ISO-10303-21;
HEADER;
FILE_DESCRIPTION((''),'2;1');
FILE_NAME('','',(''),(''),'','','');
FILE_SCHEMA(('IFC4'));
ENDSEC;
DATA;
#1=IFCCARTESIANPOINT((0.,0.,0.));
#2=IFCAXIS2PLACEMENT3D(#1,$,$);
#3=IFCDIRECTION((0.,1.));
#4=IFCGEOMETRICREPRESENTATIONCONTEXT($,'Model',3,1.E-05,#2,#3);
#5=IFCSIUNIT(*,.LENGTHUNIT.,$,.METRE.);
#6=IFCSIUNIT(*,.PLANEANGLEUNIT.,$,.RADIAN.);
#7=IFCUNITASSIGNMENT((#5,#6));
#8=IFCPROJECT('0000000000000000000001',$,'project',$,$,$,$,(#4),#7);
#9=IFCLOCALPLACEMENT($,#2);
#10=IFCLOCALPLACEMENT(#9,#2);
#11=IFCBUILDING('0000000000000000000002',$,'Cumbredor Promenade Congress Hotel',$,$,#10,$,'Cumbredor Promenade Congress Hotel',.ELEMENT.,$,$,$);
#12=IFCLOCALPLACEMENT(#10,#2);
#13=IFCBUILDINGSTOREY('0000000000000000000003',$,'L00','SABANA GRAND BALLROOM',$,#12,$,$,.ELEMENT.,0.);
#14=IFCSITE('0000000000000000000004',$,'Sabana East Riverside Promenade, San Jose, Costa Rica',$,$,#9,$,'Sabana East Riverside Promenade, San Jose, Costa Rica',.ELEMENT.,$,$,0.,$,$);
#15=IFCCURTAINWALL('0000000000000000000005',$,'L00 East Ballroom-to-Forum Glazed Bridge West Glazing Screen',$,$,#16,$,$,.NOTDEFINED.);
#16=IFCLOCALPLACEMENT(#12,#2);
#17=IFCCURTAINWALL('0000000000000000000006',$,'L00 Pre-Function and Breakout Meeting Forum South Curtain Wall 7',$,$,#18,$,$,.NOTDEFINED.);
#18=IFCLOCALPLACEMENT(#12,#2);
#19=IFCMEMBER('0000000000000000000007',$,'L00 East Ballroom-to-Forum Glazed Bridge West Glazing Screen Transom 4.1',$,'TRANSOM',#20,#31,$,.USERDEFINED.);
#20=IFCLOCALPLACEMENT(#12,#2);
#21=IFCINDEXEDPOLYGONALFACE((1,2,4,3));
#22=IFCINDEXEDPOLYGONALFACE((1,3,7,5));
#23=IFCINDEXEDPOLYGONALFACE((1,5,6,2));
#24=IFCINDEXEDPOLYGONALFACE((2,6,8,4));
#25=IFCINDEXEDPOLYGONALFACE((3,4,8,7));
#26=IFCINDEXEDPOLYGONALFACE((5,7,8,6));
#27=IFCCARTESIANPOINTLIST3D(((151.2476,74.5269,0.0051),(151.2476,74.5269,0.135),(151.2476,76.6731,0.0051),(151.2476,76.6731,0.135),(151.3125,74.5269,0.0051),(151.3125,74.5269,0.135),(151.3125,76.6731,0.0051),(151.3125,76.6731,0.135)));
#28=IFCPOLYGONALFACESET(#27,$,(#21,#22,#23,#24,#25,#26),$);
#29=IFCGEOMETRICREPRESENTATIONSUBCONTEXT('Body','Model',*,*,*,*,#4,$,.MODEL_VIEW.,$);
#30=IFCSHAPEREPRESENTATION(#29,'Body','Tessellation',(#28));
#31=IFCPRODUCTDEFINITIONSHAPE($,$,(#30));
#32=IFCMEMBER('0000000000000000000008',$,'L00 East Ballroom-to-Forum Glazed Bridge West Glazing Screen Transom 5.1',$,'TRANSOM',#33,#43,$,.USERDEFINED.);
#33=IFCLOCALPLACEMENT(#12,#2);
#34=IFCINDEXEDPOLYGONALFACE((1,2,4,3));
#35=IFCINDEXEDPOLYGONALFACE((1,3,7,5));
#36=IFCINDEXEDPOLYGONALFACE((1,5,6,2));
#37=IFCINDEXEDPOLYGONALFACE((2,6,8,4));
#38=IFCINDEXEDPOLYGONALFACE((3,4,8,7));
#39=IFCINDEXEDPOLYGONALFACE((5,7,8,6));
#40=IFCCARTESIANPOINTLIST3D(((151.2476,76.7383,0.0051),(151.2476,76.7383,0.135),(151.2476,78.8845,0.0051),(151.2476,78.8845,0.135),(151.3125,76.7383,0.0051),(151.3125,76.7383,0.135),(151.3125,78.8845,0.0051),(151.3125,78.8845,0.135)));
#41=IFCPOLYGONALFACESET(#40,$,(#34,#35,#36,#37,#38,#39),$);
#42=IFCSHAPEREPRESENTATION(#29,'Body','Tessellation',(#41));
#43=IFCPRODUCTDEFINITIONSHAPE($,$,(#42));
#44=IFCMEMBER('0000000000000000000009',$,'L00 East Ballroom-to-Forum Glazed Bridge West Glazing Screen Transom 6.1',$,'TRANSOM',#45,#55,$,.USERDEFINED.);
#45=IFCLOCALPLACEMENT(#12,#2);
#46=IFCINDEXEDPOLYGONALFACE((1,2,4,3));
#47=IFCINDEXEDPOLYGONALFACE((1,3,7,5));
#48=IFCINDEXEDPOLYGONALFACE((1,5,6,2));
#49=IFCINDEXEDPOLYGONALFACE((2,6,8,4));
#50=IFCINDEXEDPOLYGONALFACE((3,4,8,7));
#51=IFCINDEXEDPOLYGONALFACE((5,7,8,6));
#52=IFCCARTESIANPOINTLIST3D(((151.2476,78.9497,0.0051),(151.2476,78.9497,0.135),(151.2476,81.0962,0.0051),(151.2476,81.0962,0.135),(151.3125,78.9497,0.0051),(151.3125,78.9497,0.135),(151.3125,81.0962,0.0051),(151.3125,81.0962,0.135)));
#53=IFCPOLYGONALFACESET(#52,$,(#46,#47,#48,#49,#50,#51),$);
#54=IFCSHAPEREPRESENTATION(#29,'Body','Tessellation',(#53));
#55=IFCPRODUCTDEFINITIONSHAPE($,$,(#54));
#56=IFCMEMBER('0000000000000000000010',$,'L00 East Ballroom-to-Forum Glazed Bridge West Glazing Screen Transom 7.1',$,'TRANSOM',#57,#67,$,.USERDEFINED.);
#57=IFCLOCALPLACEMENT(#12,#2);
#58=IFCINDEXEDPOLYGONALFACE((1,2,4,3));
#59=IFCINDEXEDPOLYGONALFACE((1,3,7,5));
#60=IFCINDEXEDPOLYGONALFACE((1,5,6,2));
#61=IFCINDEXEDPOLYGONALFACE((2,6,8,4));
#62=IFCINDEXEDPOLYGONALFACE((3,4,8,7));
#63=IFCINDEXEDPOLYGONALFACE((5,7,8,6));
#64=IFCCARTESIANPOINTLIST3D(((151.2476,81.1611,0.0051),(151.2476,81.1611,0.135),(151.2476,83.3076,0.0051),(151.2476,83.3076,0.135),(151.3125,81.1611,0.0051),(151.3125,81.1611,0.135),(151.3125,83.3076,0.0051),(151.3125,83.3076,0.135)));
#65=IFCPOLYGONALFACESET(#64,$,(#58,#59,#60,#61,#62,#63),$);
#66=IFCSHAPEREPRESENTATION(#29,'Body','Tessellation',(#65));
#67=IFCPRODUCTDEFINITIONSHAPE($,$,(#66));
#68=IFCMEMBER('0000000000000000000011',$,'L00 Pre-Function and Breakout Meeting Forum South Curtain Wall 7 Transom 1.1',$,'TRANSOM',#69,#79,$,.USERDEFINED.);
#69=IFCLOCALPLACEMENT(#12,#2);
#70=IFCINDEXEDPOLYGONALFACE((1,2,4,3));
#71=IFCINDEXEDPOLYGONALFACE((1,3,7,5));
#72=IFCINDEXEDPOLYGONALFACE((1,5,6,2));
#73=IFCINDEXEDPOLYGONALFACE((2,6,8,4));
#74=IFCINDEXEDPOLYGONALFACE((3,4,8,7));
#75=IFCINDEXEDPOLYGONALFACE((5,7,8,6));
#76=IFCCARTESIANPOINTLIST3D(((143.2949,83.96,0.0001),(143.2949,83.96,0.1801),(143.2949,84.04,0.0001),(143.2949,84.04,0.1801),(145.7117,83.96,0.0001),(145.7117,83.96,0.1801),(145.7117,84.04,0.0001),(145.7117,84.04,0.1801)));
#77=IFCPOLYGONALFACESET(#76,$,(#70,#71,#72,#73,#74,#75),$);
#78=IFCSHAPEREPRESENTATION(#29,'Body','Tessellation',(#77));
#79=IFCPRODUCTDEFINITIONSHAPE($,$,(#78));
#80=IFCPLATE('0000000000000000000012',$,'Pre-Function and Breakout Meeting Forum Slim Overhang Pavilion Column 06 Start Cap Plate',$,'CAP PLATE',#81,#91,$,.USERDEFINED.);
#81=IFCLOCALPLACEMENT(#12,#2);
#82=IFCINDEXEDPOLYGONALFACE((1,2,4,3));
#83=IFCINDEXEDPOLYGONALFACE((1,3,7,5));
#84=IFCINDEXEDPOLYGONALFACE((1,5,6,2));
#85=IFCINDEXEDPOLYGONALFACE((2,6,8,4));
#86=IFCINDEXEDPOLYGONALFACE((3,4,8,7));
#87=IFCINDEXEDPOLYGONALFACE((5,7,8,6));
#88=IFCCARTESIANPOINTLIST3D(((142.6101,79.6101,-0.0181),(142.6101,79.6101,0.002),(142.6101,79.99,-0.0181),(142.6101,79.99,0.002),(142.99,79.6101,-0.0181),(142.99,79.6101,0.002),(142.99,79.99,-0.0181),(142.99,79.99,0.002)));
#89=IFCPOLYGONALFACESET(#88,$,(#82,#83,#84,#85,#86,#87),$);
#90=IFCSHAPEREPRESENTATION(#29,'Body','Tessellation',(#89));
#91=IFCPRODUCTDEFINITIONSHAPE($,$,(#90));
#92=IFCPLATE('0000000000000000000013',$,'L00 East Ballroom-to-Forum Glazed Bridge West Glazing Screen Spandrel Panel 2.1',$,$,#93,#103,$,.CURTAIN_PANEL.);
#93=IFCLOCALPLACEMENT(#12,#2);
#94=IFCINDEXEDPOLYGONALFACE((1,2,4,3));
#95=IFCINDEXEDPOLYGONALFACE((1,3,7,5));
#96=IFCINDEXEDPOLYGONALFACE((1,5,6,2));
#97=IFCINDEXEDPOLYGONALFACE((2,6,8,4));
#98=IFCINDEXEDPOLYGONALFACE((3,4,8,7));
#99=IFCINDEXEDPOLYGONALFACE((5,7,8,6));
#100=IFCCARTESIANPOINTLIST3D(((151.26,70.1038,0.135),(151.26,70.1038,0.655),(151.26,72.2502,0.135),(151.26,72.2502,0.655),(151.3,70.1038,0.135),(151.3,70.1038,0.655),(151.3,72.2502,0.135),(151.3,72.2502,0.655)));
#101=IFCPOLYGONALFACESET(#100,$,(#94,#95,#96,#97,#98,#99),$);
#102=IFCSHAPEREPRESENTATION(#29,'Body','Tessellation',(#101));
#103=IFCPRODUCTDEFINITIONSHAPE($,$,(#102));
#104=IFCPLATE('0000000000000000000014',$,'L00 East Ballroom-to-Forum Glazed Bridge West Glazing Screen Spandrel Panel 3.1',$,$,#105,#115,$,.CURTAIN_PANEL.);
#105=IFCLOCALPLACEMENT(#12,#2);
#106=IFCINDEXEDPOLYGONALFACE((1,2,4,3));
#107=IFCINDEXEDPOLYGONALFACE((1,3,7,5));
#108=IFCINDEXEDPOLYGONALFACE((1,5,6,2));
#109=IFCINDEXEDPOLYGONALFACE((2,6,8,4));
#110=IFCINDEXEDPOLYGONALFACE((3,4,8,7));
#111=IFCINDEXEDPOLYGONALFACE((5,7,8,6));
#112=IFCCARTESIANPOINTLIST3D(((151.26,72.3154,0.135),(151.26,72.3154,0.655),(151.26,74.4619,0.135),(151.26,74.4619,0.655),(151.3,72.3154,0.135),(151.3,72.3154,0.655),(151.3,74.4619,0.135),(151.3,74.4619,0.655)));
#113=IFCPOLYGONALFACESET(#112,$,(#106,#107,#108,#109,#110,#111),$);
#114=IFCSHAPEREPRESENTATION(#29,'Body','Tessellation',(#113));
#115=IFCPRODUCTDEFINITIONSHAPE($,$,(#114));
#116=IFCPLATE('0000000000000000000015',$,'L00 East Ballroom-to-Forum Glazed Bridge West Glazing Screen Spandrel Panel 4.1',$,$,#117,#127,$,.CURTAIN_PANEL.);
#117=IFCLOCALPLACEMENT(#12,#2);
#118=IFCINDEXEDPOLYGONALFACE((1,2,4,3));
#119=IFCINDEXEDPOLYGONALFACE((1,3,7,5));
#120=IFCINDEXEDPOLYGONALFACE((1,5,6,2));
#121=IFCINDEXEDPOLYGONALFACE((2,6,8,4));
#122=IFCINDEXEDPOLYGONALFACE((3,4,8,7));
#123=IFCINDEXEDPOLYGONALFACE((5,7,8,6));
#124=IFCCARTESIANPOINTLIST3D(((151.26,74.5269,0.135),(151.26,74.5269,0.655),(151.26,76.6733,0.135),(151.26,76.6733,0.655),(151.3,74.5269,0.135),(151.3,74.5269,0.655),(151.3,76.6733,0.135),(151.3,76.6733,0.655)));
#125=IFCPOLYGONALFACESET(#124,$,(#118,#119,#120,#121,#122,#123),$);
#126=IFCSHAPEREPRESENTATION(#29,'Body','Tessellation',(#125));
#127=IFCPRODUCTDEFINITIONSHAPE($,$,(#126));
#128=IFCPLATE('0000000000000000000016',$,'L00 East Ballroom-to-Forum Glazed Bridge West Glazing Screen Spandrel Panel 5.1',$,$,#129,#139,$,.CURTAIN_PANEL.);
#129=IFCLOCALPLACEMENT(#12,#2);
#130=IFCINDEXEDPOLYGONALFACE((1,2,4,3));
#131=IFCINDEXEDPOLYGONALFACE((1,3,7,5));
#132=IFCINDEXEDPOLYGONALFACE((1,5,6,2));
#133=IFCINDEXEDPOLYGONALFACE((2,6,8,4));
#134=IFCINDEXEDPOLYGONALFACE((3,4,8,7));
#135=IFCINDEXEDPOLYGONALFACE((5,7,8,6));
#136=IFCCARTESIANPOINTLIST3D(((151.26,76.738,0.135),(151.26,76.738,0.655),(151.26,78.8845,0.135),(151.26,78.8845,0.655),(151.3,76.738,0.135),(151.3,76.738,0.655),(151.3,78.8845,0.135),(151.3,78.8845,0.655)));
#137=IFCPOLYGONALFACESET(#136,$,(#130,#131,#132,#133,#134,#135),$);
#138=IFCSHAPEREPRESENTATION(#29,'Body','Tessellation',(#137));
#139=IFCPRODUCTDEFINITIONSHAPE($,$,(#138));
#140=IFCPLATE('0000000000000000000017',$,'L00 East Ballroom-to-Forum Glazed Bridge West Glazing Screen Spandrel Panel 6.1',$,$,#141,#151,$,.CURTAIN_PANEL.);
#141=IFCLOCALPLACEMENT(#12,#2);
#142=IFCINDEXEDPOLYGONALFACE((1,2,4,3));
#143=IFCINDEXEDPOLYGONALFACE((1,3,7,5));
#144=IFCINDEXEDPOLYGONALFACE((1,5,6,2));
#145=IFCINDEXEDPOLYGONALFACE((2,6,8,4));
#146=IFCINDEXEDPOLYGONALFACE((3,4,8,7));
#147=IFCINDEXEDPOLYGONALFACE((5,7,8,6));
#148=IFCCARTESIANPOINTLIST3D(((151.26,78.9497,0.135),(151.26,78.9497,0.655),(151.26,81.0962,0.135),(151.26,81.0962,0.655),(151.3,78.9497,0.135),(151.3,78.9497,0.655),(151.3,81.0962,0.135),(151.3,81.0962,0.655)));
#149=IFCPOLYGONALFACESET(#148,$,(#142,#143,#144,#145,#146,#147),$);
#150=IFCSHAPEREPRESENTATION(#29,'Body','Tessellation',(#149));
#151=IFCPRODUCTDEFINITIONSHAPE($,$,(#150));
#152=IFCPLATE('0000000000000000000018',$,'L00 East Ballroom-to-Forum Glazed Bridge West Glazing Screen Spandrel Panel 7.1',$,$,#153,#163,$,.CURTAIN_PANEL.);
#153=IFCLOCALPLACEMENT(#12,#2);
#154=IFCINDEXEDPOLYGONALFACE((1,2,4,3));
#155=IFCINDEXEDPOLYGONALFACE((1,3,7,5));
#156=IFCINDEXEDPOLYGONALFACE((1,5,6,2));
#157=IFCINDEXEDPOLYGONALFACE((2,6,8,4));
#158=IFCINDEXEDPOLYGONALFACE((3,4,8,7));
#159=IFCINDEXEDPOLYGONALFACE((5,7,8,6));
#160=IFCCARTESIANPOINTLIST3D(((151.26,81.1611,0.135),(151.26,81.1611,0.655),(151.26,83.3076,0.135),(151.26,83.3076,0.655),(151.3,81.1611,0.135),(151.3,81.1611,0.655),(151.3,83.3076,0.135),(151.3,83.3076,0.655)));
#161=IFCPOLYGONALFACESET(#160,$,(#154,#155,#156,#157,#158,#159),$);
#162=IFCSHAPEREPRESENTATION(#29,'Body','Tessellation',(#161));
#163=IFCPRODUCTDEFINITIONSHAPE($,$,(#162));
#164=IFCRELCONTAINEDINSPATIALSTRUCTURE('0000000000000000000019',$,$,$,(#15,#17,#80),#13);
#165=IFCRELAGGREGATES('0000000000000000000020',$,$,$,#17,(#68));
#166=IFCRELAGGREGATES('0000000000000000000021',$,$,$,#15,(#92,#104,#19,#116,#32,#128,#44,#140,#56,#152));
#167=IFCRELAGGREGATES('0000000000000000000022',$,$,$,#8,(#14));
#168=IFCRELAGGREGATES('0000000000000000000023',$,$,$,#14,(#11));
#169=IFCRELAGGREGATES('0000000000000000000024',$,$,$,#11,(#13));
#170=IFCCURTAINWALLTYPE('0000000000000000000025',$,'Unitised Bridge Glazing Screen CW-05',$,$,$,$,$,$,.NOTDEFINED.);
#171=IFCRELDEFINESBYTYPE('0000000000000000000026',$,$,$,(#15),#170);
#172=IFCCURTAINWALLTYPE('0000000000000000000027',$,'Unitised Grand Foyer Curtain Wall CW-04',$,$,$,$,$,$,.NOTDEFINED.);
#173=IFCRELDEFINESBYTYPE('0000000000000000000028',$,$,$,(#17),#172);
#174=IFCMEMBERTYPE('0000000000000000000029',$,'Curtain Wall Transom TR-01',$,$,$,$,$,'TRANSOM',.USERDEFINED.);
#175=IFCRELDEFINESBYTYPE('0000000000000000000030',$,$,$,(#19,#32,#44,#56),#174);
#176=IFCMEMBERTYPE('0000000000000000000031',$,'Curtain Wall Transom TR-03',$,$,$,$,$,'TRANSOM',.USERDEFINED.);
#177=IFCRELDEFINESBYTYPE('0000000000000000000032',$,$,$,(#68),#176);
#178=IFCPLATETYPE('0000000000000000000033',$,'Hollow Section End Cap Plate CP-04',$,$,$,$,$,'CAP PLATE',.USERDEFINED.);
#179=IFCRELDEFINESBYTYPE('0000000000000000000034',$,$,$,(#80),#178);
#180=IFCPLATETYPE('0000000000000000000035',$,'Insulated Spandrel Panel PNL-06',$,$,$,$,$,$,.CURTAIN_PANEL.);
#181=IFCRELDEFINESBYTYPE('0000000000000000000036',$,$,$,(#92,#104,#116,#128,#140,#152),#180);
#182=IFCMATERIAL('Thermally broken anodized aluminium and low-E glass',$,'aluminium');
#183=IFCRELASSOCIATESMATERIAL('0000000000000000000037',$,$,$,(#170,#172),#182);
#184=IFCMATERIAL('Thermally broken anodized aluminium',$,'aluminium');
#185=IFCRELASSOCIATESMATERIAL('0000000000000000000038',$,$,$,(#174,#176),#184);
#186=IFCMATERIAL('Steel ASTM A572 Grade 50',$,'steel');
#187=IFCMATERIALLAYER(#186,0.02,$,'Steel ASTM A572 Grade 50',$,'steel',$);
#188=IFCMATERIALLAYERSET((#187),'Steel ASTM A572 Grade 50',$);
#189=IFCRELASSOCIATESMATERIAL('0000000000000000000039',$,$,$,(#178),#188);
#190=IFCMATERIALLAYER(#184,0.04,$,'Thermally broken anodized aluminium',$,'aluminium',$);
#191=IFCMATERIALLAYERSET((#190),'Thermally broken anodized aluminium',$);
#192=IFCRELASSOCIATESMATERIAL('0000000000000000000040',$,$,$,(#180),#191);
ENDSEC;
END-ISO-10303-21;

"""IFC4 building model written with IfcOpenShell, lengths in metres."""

from ifc_helpers import new_model, si_unit, direction, frame, origin, origin_2d, place, context, subcontext, project, spatial, rectangle, extrude, material, layer, layer_set, material_profile, profile_set, type_object, element, aggregate, save


model = new_model("IFC4")

# Units and contexts
model_context = context("Model", 3, precision=1e-05, world=origin(), true_north=direction((0.0, 1.0)))
body_context = subcontext(model_context, "Body", "Model", "MODEL_VIEW")
ifc_project = project(units=[si_unit("LENGTHUNIT", "METRE"), si_unit("PLANEANGLEUNIT", "RADIAN")], contexts=[model_context])

# Site, building, storey
site_placement = place(None, origin())
site = spatial("IfcSite", under=ifc_project, at=site_placement, Name="Sabana East Riverside Promenade, San Jose, Costa Rica", LongName="Sabana East Riverside Promenade, San Jose, Costa Rica", CompositionType="ELEMENT", RefElevation=0.0)
building_placement = place(site_placement, origin())
building = spatial("IfcBuilding", under=site, at=building_placement, Name="Cumbredor Promenade Congress Hotel", LongName="Cumbredor Promenade Congress Hotel", CompositionType="ELEMENT")
storey_placement = place(building_placement, origin())
storey = spatial("IfcBuildingStorey", under=building, at=storey_placement, Name="L00", Description="SABANA GRAND BALLROOM", CompositionType="ELEMENT", Elevation=0.0)

# Curtain wall
ifc_material_1 = material(Name="Thermally broken anodized aluminium and low-E glass", Category="aluminium")
curtain_wall_type_1 = type_object("IfcCurtainWallType", Name="Unitised Bridge Glazing Screen CW-05", PredefinedType="NOTDEFINED", material=ifc_material_1)
curtain_wall_1_placement = place(storey_placement, origin())
curtain_wall_1 = element("IfcCurtainWall", 1, at=curtain_wall_1_placement, inside=storey, type_object=curtain_wall_type_1, Name="L00 East Ballroom-to-Forum Glazed Bridge West Glazing Screen", PredefinedType="NOTDEFINED")
ifc_material_2 = material(Name="Thermally broken anodized aluminium", Category="aluminium")

# Shared definitions
curtain_wall_type_2 = type_object("IfcCurtainWallType", Name="Unitised Grand Foyer Curtain Wall CW-04", PredefinedType="NOTDEFINED", material=ifc_material_1)

# Curtain wall
curtain_wall_2_placement = place(storey_placement, origin())
curtain_wall_2 = element("IfcCurtainWall", 2, at=curtain_wall_2_placement, inside=storey, type_object=curtain_wall_type_2, Name="L00 Pre-Function and Breakout Meeting Forum South Curtain Wall 7", PredefinedType="NOTDEFINED")

# Members
ifc_material_profile_1 = material_profile(ifc_material_2, rectangle(XDim=0.0649, YDim=0.1299, at=origin_2d()), Name="ALU TRANSOM 65x130")
ifc_profile_set_1 = profile_set([ifc_material_profile_1], Name="Thermally broken anodized aluminium")
member_type_1 = type_object("IfcMemberType", Name="Curtain Wall Transom TR-01", ElementType="TRANSOM", PredefinedType="USERDEFINED", material=ifc_profile_set_1)
member_1_placement = place(storey_placement, frame((151.28, 74.5269, 0.0701), z_axis=(0.0, 1.0, 0.0), x_axis=(-1.0, 0.0, 0.0)))
member_1 = element("IfcMember", 3, at=member_1_placement, type_object=member_type_1, Name="L00 East Ballroom-to-Forum Glazed Bridge West Glazing Screen Transom 4.1", ObjectType="TRANSOM", PredefinedType="USERDEFINED", context=body_context, shape_type="SweptSolid", body=[
    extrude(rectangle(XDim=0.0649, YDim=0.1299, at=origin_2d()), origin(), (0.0, 0.0, 1.0), 2.1462),
])
member_2_placement = place(storey_placement, frame((151.28, 76.7383, 0.0701), z_axis=(0.0, 1.0, 0.0), x_axis=(-1.0, 0.0, 0.0)))
member_2 = element("IfcMember", 4, at=member_2_placement, type_object=member_type_1, Name="L00 East Ballroom-to-Forum Glazed Bridge West Glazing Screen Transom 5.1", ObjectType="TRANSOM", PredefinedType="USERDEFINED", context=body_context, shape_type="SweptSolid", body=[
    extrude(rectangle(XDim=0.0649, YDim=0.1299, at=origin_2d()), origin(), (0.0, 0.0, 1.0), 2.1462),
])
member_3_placement = place(storey_placement, frame((151.28, 78.9497, 0.0701), z_axis=(0.0, 1.0, 0.0), x_axis=(-1.0, 0.0, 0.0)))
member_3 = element("IfcMember", 5, at=member_3_placement, type_object=member_type_1, Name="L00 East Ballroom-to-Forum Glazed Bridge West Glazing Screen Transom 6.1", ObjectType="TRANSOM", PredefinedType="USERDEFINED", context=body_context, shape_type="SweptSolid", body=[
    extrude(rectangle(XDim=0.0649, YDim=0.1299, at=origin_2d()), origin(), (0.0, 0.0, 1.0), 2.1465),
])
member_4_placement = place(storey_placement, frame((151.28, 81.1611, 0.0701), z_axis=(0.0, 1.0, 0.0), x_axis=(-1.0, 0.0, 0.0)))
member_4 = element("IfcMember", 6, at=member_4_placement, type_object=member_type_1, Name="L00 East Ballroom-to-Forum Glazed Bridge West Glazing Screen Transom 7.1", ObjectType="TRANSOM", PredefinedType="USERDEFINED", context=body_context, shape_type="SweptSolid", body=[
    extrude(rectangle(XDim=0.0649, YDim=0.1299, at=origin_2d()), origin(), (0.0, 0.0, 1.0), 2.1465),
])
ifc_material_profile_2 = material_profile(ifc_material_2, rectangle(XDim=0.0801, YDim=0.1799, at=origin_2d()), Name="ALU TRANSOM 80x180")
ifc_profile_set_2 = profile_set([ifc_material_profile_2], Name="Thermally broken anodized aluminium")
member_type_2 = type_object("IfcMemberType", Name="Curtain Wall Transom TR-03", ElementType="TRANSOM", PredefinedType="USERDEFINED", material=ifc_profile_set_2)
member_5_placement = place(storey_placement, frame((143.2949, 84.0, 0.0901), z_axis=(1.0, 0.0, 0.0), x_axis=(0.0, 1.0, 0.0)))
member_5 = element("IfcMember", 7, at=member_5_placement, type_object=member_type_2, Name="L00 Pre-Function and Breakout Meeting Forum South Curtain Wall 7 Transom 1.1", ObjectType="TRANSOM", PredefinedType="USERDEFINED", context=body_context, shape_type="SweptSolid", body=[
    extrude(rectangle(XDim=0.0801, YDim=0.1799, at=origin_2d()), origin(), (0.0, 0.0, 1.0), 2.4167),
])
aggregate(curtain_wall_2, [member_5])

# Plates
ifc_material_3 = material(Name="Steel ASTM A572 Grade 50", Category="steel")
ifc_layer_1 = layer(ifc_material_3, 0.02, Name="Steel ASTM A572 Grade 50", Category="steel")
ifc_layer_set_1 = layer_set([ifc_layer_1], Name="Steel ASTM A572 Grade 50")
plate_type_1 = type_object("IfcPlateType", Name="Hollow Section End Cap Plate CP-04", ElementType="CAP PLATE", PredefinedType="USERDEFINED", material=ifc_layer_set_1)
plate_1_placement = place(storey_placement, frame((142.8, 79.8, -0.0181), z_axis=(0.0, 0.0, 1.0), x_axis=(1.0, 0.0, 0.0)))
element("IfcPlate", 8, at=plate_1_placement, inside=storey, type_object=plate_type_1, Name="Pre-Function and Breakout Meeting Forum Slim Overhang Pavilion Column 06 Start Cap Plate", ObjectType="CAP PLATE", PredefinedType="USERDEFINED", context=body_context, shape_type="SweptSolid", body=[
    extrude(rectangle(XDim=0.3799, YDim=0.3799, at=origin_2d()), origin(), (0.0, 0.0, 1.0), 0.02),
])
ifc_layer_2 = layer(ifc_material_2, 0.04, Name="Thermally broken anodized aluminium", Category="aluminium")
ifc_layer_set_2 = layer_set([ifc_layer_2], Name="Thermally broken anodized aluminium")
plate_type_2 = type_object("IfcPlateType", Name="Insulated Spandrel Panel PNL-06", PredefinedType="CURTAIN_PANEL", material=ifc_layer_set_2)
plate_2_placement = place(storey_placement, frame((151.28, 71.177, 0.135), z_axis=(0.0, 0.0, 1.0), x_axis=(0.0, 1.0, 0.0)))
plate_2 = element("IfcPlate", 9, at=plate_2_placement, type_object=plate_type_2, Name="L00 East Ballroom-to-Forum Glazed Bridge West Glazing Screen Spandrel Panel 2.1", PredefinedType="CURTAIN_PANEL", context=body_context, shape_type="SweptSolid", body=[
    extrude(rectangle(XDim=2.1465, YDim=0.04, at=origin_2d()), origin(), (0.0, 0.0, 1.0), 0.52),
])
plate_3_placement = place(storey_placement, frame((151.28, 73.3887, 0.135), z_axis=(0.0, 0.0, 1.0), x_axis=(0.0, 1.0, 0.0)))
plate_3 = element("IfcPlate", 10, at=plate_3_placement, type_object=plate_type_2, Name="L00 East Ballroom-to-Forum Glazed Bridge West Glazing Screen Spandrel Panel 3.1", PredefinedType="CURTAIN_PANEL", context=body_context, shape_type="SweptSolid", body=[
    extrude(rectangle(XDim=2.1465, YDim=0.04, at=origin_2d()), origin(), (0.0, 0.0, 1.0), 0.52),
])
plate_4_placement = place(storey_placement, frame((151.28, 75.6001, 0.135), z_axis=(0.0, 0.0, 1.0), x_axis=(0.0, 1.0, 0.0)))
plate_4 = element("IfcPlate", 11, at=plate_4_placement, type_object=plate_type_2, Name="L00 East Ballroom-to-Forum Glazed Bridge West Glazing Screen Spandrel Panel 4.1", PredefinedType="CURTAIN_PANEL", context=body_context, shape_type="SweptSolid", body=[
    extrude(rectangle(XDim=2.1465, YDim=0.04, at=origin_2d()), origin(), (0.0, 0.0, 1.0), 0.52),
])
plate_5_placement = place(storey_placement, frame((151.28, 77.8113, 0.135), z_axis=(0.0, 0.0, 1.0), x_axis=(0.0, 1.0, 0.0)))
plate_5 = element("IfcPlate", 12, at=plate_5_placement, type_object=plate_type_2, Name="L00 East Ballroom-to-Forum Glazed Bridge West Glazing Screen Spandrel Panel 5.1", PredefinedType="CURTAIN_PANEL", context=body_context, shape_type="SweptSolid", body=[
    extrude(rectangle(XDim=2.1465, YDim=0.04, at=origin_2d()), origin(), (0.0, 0.0, 1.0), 0.52),
])
plate_6_placement = place(storey_placement, frame((151.28, 80.0229, 0.135), z_axis=(0.0, 0.0, 1.0), x_axis=(0.0, 1.0, 0.0)))
plate_6 = element("IfcPlate", 13, at=plate_6_placement, type_object=plate_type_2, Name="L00 East Ballroom-to-Forum Glazed Bridge West Glazing Screen Spandrel Panel 6.1", PredefinedType="CURTAIN_PANEL", context=body_context, shape_type="SweptSolid", body=[
    extrude(rectangle(XDim=2.1465, YDim=0.04, at=origin_2d()), origin(), (0.0, 0.0, 1.0), 0.52),
])
plate_7_placement = place(storey_placement, frame((151.28, 82.2344, 0.135), z_axis=(0.0, 0.0, 1.0), x_axis=(0.0, 1.0, 0.0)))
plate_7 = element("IfcPlate", 14, at=plate_7_placement, type_object=plate_type_2, Name="L00 East Ballroom-to-Forum Glazed Bridge West Glazing Screen Spandrel Panel 7.1", PredefinedType="CURTAIN_PANEL", context=body_context, shape_type="SweptSolid", body=[
    extrude(rectangle(XDim=2.1465, YDim=0.04, at=origin_2d()), origin(), (0.0, 0.0, 1.0), 0.52),
])
aggregate(curtain_wall_1, [plate_2, plate_3, member_1, plate_4, member_2, plate_5, member_3, plate_6, member_4, plate_7])

save(model, "model.ifc")
